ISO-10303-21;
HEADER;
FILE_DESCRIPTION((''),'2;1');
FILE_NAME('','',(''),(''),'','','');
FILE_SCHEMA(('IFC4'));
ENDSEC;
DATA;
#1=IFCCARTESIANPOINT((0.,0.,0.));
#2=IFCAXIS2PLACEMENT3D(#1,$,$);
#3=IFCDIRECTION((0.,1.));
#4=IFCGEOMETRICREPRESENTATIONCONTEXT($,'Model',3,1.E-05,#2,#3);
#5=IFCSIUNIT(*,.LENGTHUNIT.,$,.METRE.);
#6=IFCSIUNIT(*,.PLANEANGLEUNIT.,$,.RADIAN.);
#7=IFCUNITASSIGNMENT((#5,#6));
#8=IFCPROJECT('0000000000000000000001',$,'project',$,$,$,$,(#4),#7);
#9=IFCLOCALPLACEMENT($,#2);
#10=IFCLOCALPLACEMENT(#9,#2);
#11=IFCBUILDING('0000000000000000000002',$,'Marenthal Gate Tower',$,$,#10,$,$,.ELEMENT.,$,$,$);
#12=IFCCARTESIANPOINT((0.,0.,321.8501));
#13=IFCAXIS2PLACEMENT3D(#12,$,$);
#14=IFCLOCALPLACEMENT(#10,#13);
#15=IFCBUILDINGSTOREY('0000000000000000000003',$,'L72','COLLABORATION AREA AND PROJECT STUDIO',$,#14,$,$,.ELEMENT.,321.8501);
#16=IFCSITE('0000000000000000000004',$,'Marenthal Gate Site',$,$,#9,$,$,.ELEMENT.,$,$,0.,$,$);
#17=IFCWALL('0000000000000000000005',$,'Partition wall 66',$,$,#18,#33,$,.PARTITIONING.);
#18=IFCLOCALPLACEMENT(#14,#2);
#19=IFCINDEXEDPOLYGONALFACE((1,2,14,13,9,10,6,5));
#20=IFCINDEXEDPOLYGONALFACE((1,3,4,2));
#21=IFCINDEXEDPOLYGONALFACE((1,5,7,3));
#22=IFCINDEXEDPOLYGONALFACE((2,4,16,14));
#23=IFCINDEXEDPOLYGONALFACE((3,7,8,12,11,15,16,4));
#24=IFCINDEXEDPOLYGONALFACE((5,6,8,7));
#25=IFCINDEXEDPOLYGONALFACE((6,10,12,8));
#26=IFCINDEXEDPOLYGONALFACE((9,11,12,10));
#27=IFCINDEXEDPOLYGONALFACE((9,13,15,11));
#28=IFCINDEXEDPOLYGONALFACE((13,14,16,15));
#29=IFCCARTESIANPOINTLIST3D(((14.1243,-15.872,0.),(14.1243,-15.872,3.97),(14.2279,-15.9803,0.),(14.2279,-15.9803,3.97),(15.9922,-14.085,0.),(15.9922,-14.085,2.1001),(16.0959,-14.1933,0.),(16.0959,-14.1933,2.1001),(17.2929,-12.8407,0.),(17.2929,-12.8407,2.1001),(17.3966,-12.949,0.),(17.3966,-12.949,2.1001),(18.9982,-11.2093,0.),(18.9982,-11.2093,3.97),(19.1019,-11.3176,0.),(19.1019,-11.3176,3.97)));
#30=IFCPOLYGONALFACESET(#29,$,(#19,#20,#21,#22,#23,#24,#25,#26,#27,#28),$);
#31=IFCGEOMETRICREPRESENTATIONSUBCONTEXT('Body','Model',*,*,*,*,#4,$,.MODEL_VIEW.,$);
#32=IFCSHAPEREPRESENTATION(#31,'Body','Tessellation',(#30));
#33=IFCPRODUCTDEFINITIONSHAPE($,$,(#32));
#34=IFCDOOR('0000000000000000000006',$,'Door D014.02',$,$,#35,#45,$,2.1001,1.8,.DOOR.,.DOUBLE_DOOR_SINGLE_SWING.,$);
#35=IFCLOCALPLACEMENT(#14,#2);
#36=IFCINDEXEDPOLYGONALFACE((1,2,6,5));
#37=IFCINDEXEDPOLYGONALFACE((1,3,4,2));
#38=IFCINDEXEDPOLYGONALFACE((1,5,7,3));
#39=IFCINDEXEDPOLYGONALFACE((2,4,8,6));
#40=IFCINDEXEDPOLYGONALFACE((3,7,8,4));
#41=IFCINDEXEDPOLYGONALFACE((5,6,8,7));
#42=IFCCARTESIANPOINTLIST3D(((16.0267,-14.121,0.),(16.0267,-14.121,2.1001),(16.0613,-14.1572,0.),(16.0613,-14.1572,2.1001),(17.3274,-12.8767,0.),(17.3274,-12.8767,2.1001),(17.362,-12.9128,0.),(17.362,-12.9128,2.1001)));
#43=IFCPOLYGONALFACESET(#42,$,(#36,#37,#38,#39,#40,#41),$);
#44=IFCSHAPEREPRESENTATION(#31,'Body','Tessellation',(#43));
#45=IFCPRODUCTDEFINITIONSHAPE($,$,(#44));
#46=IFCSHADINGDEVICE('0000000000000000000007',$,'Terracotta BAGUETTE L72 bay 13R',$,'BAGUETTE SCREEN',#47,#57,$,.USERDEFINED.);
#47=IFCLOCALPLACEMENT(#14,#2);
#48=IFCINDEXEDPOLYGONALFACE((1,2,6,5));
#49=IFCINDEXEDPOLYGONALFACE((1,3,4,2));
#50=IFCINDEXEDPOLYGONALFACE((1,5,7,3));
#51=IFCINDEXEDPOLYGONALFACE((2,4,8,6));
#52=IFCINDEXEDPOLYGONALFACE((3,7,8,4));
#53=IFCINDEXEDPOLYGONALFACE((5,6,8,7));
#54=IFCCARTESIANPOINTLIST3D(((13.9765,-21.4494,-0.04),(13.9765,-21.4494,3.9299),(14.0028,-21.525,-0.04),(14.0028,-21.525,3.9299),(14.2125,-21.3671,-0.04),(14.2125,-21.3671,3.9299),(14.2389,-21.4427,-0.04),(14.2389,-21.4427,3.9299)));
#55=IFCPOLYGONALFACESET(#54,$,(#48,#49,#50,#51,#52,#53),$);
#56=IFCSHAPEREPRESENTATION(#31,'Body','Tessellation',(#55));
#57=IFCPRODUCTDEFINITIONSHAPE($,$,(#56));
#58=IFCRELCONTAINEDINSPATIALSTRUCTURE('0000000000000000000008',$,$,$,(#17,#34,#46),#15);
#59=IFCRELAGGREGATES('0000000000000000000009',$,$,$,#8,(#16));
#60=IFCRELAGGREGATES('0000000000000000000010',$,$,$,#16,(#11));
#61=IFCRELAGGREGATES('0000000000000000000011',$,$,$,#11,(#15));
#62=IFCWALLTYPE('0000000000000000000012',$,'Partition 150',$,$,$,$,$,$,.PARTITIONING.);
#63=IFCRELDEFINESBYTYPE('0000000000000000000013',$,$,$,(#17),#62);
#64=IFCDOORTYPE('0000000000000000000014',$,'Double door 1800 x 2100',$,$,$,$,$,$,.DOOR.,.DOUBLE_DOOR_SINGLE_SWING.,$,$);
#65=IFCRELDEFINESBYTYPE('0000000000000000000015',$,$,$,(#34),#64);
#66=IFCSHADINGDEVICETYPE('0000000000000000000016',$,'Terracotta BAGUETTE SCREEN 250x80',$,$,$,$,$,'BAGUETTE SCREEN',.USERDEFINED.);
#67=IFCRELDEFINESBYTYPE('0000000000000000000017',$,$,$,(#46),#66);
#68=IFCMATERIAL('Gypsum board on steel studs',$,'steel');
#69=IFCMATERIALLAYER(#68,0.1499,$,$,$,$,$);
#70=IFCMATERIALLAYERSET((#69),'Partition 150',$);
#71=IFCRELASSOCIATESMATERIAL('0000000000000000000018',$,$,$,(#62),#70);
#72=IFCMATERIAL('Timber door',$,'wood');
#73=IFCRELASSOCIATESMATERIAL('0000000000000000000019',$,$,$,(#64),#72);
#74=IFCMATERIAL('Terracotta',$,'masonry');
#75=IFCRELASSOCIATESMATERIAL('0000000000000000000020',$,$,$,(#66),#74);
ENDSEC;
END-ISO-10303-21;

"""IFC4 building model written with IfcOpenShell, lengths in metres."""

from ifc_helpers import new_model, si_unit, direction, frame, frame_2d, origin, origin_2d, place, context, subcontext, project, spatial, rectangle, extrude, material, layer, layer_set, material_profile, profile_set, type_object, element, fill, save


model = new_model("IFC4")

# Units and contexts
model_context = context("Model", 3, precision=1e-05, world=origin(), true_north=direction((0.0, 1.0)))
body_context = subcontext(model_context, "Body", "Model", "MODEL_VIEW")
ifc_project = project(units=[si_unit("LENGTHUNIT", "METRE"), si_unit("PLANEANGLEUNIT", "RADIAN")], contexts=[model_context])

# Site, building, storey
site_placement = place(None, origin())
site = spatial("IfcSite", under=ifc_project, at=site_placement, Name="Marenthal Gate Site", CompositionType="ELEMENT", RefElevation=0.0)
building_placement = place(site_placement, origin())
building = spatial("IfcBuilding", under=site, at=building_placement, Name="Marenthal Gate Tower", CompositionType="ELEMENT")
storey_placement = place(building_placement, frame((0.0, 0.0, 321.8501)))
storey = spatial("IfcBuildingStorey", under=building, at=storey_placement, Name="L72", Description="COLLABORATION AREA AND PROJECT STUDIO", CompositionType="ELEMENT", Elevation=321.8501)

# Shared definitions
ifc_material_1 = material(Name="Gypsum board on steel studs", Category="steel")
ifc_layer_1 = layer(ifc_material_1, 0.1499)
ifc_layer_set_1 = layer_set([ifc_layer_1], Name="Partition 150")
wall_type_1 = type_object("IfcWallType", Name="Partition 150", PredefinedType="PARTITIONING", material=ifc_layer_set_1)

# Wall, opening, door
wall_1_placement = place(storey_placement, frame((19.05, -11.2634, 0.0), z_axis=(0.0, 0.0, 1.0), x_axis=(-0.722588, -0.691279, 0.0)))
wall_1 = element("IfcWall", 1, at=wall_1_placement, inside=storey, type_object=wall_type_1, Name="Partition wall 66", PredefinedType="PARTITIONING", context=body_context, shape_type="SweptSolid", body=[
    extrude(rectangle(XDim=6.7451, YDim=0.1499, at=frame_2d((3.3726, 0.0))), origin(), (0.0, 0.0, 1.0), 3.97),
])
opening_1_placement = place(wall_1_placement, frame((2.3601, 0.0, 0.0)))
opening_1 = element("IfcOpeningElement", 2, at=opening_1_placement, cuts=wall_1, PredefinedType="OPENING", context=body_context, shape_type="SweptSolid", body=[
    extrude(rectangle(XDim=1.8, YDim=2.1001, at=frame_2d((0.8999, 1.05))), frame((0.0, 0.085, 0.0), z_axis=(0.0, -1.0, 0.0), x_axis=(1.0, 0.0, 0.0)), (0.0, 0.0, 1.0), 0.1699),
])
ifc_material_2 = material(Name="Timber door", Category="wood")
door_type_1 = type_object("IfcDoorType", Name="Double door 1800 x 2100", OperationType="DOUBLE_DOOR_SINGLE_SWING", PredefinedType="DOOR", material=ifc_material_2)
door_1_placement = place(opening_1_placement, origin())
door_1 = element("IfcDoor", 3, at=door_1_placement, inside=storey, type_object=door_type_1, Name="Door D014.02", OperationType="DOUBLE_DOOR_SINGLE_SWING", OverallHeight=2.1001, OverallWidth=1.8, PredefinedType="DOOR", context=body_context, shape_type="SweptSolid", body=[
    extrude(rectangle(XDim=1.8, YDim=2.1001, at=frame_2d((0.8999, 1.05))), frame((0.0, 0.0249, 0.0), z_axis=(0.0, -1.0, 0.0), x_axis=(1.0, 0.0, 0.0)), (0.0, 0.0, 1.0), 0.05),
])
fill(opening_1, door_1)

# Shading device
ifc_material_3 = material(Name="Terracotta", Category="masonry")
ifc_material_profile_1 = material_profile(ifc_material_3, rectangle(XDim=0.25, YDim=0.0801, at=origin_2d()), Name="Terracotta baguette 250x80")
ifc_profile_set_1 = profile_set([ifc_material_profile_1], Name="Terracotta")
shading_device_type = type_object("IfcShadingDeviceType", Name="Terracotta BAGUETTE SCREEN 250x80", ElementType="BAGUETTE SCREEN", PredefinedType="USERDEFINED", material=ifc_profile_set_1)
shading_device_placement = place(storey_placement, frame((14.1077, -21.446, -0.04), z_axis=(0.0, 0.0, 1.0), x_axis=(0.944214, 0.329333, 0.0)))
element("IfcShadingDevice", 4, at=shading_device_placement, inside=storey, type_object=shading_device_type, Name="Terracotta BAGUETTE L72 bay 13R", ObjectType="BAGUETTE SCREEN", PredefinedType="USERDEFINED", context=body_context, shape_type="SweptSolid", body=[
    extrude(rectangle(XDim=0.25, YDim=0.0801, at=origin_2d()), origin(), (0.0, 0.0, 1.0), 3.97),
])

save(model, "model.ifc")
